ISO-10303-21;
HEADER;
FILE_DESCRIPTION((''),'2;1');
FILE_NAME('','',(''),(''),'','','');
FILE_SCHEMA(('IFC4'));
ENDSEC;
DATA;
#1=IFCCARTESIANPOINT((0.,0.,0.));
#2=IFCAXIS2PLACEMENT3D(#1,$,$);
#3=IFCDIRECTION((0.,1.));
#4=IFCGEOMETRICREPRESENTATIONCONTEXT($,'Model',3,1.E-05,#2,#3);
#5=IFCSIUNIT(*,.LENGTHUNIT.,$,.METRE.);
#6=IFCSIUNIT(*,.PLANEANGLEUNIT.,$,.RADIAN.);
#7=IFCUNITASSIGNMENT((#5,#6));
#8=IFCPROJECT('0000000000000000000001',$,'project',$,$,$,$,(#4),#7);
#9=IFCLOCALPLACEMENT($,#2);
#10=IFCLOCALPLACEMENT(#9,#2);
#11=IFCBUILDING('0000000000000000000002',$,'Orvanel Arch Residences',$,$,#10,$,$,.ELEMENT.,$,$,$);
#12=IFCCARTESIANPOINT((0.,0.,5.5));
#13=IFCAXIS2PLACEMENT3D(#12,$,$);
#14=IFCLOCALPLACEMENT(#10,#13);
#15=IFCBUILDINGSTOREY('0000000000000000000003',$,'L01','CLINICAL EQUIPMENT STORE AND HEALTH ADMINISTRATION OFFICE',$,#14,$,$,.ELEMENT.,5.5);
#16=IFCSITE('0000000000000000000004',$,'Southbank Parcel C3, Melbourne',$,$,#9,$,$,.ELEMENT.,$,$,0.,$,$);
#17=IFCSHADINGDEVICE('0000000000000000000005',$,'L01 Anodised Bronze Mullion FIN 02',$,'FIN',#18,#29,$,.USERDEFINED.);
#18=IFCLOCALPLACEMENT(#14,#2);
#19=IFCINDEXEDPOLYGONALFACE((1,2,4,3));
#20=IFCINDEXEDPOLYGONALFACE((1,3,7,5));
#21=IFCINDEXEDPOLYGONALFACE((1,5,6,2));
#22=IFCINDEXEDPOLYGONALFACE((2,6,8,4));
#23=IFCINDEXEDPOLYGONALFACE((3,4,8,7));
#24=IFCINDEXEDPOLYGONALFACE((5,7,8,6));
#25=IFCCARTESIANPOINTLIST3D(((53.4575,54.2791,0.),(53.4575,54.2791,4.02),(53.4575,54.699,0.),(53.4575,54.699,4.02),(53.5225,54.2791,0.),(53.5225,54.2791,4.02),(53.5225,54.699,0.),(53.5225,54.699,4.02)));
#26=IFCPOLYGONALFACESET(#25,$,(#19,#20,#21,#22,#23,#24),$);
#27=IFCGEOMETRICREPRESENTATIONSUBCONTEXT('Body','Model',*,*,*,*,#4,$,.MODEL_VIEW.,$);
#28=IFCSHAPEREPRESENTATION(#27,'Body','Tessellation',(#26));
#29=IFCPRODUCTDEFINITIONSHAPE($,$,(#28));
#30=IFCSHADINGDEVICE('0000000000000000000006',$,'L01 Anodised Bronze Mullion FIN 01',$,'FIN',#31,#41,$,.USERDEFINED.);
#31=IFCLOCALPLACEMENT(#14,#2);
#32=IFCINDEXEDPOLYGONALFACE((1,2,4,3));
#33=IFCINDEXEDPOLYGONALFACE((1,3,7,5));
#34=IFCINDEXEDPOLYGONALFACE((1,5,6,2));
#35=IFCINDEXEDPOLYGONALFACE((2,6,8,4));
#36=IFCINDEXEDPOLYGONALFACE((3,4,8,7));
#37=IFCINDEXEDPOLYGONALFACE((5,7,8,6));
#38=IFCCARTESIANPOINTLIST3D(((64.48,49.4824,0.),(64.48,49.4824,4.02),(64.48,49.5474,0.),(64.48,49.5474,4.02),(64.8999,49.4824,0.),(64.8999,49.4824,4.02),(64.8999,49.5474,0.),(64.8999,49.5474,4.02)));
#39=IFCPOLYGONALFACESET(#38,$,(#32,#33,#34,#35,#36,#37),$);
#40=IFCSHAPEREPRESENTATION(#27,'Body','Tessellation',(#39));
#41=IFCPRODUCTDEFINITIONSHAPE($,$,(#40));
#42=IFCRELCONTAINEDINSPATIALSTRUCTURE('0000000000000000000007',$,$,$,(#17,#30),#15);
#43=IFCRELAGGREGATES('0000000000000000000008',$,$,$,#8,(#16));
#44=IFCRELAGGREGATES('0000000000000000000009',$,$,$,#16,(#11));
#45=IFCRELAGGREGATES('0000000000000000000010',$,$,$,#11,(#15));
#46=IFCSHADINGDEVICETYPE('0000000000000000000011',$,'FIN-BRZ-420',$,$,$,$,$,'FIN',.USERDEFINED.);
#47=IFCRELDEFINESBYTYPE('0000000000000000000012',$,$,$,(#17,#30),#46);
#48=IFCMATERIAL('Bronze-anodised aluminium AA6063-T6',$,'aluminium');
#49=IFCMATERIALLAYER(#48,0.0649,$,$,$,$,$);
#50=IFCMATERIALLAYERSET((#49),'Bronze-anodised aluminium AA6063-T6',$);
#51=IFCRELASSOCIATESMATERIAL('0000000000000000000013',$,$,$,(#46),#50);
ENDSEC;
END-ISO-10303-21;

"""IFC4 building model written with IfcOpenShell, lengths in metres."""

from ifc_helpers import new_model, si_unit, direction, frame, origin, origin_2d, place, context, subcontext, project, spatial, rectangle, extrude, material, layer, layer_set, type_object, element, save


model = new_model("IFC4")

# Units and contexts
model_context = context("Model", 3, precision=1e-05, world=origin(), true_north=direction((0.0, 1.0)))
body_context = subcontext(model_context, "Body", "Model", "MODEL_VIEW")
ifc_project = project(units=[si_unit("LENGTHUNIT", "METRE"), si_unit("PLANEANGLEUNIT", "RADIAN")], contexts=[model_context])

# Site, building, storey
site_placement = place(None, origin())
site = spatial("IfcSite", under=ifc_project, at=site_placement, Name="Southbank Parcel C3, Melbourne", CompositionType="ELEMENT", RefElevation=0.0)
building_placement = place(site_placement, origin())
building = spatial("IfcBuilding", under=site, at=building_placement, Name="Orvanel Arch Residences", CompositionType="ELEMENT")
storey_placement = place(building_placement, frame((0.0, 0.0, 5.5)))
storey = spatial("IfcBuildingStorey", under=building, at=storey_placement, Name="L01", Description="CLINICAL EQUIPMENT STORE AND HEALTH ADMINISTRATION OFFICE", CompositionType="ELEMENT", Elevation=5.5)

# Shared definitions
ifc_material_1 = material(Name="Bronze-anodised aluminium AA6063-T6", Category="aluminium")

# Shading devices
ifc_layer_1 = layer(ifc_material_1, 0.0649)
ifc_layer_set_1 = layer_set([ifc_layer_1], Name="Bronze-anodised aluminium AA6063-T6")
shading_device_type = type_object("IfcShadingDeviceType", Name="FIN-BRZ-420", ElementType="FIN", PredefinedType="USERDEFINED", material=ifc_layer_set_1)
for number, where, z_axis, x_axis, name in (
    (1, (53.49, 54.489, 0.0), (0.0, 0.0, 1.0), (0.0, 1.0, 0.0), "L01 Anodised Bronze Mullion FIN 02"),
    (2, (64.6899, 49.5149, 0.0), (0.0, 0.0, 1.0), (1.0, 0.0, 0.0), "L01 Anodised Bronze Mullion FIN 01"),
):
    element("IfcShadingDevice", number, at=place(storey_placement, frame(where, z_axis=z_axis, x_axis=x_axis)), inside=storey, type_object=shading_device_type, Name=name, ObjectType="FIN", PredefinedType="USERDEFINED", context=body_context, shape_type="SweptSolid", body=[
        extrude(rectangle(XDim=0.4199, YDim=0.0649, at=origin_2d()), origin(), (0.0, 0.0, 1.0), 4.02),
    ])

save(model, "model.ifc")
